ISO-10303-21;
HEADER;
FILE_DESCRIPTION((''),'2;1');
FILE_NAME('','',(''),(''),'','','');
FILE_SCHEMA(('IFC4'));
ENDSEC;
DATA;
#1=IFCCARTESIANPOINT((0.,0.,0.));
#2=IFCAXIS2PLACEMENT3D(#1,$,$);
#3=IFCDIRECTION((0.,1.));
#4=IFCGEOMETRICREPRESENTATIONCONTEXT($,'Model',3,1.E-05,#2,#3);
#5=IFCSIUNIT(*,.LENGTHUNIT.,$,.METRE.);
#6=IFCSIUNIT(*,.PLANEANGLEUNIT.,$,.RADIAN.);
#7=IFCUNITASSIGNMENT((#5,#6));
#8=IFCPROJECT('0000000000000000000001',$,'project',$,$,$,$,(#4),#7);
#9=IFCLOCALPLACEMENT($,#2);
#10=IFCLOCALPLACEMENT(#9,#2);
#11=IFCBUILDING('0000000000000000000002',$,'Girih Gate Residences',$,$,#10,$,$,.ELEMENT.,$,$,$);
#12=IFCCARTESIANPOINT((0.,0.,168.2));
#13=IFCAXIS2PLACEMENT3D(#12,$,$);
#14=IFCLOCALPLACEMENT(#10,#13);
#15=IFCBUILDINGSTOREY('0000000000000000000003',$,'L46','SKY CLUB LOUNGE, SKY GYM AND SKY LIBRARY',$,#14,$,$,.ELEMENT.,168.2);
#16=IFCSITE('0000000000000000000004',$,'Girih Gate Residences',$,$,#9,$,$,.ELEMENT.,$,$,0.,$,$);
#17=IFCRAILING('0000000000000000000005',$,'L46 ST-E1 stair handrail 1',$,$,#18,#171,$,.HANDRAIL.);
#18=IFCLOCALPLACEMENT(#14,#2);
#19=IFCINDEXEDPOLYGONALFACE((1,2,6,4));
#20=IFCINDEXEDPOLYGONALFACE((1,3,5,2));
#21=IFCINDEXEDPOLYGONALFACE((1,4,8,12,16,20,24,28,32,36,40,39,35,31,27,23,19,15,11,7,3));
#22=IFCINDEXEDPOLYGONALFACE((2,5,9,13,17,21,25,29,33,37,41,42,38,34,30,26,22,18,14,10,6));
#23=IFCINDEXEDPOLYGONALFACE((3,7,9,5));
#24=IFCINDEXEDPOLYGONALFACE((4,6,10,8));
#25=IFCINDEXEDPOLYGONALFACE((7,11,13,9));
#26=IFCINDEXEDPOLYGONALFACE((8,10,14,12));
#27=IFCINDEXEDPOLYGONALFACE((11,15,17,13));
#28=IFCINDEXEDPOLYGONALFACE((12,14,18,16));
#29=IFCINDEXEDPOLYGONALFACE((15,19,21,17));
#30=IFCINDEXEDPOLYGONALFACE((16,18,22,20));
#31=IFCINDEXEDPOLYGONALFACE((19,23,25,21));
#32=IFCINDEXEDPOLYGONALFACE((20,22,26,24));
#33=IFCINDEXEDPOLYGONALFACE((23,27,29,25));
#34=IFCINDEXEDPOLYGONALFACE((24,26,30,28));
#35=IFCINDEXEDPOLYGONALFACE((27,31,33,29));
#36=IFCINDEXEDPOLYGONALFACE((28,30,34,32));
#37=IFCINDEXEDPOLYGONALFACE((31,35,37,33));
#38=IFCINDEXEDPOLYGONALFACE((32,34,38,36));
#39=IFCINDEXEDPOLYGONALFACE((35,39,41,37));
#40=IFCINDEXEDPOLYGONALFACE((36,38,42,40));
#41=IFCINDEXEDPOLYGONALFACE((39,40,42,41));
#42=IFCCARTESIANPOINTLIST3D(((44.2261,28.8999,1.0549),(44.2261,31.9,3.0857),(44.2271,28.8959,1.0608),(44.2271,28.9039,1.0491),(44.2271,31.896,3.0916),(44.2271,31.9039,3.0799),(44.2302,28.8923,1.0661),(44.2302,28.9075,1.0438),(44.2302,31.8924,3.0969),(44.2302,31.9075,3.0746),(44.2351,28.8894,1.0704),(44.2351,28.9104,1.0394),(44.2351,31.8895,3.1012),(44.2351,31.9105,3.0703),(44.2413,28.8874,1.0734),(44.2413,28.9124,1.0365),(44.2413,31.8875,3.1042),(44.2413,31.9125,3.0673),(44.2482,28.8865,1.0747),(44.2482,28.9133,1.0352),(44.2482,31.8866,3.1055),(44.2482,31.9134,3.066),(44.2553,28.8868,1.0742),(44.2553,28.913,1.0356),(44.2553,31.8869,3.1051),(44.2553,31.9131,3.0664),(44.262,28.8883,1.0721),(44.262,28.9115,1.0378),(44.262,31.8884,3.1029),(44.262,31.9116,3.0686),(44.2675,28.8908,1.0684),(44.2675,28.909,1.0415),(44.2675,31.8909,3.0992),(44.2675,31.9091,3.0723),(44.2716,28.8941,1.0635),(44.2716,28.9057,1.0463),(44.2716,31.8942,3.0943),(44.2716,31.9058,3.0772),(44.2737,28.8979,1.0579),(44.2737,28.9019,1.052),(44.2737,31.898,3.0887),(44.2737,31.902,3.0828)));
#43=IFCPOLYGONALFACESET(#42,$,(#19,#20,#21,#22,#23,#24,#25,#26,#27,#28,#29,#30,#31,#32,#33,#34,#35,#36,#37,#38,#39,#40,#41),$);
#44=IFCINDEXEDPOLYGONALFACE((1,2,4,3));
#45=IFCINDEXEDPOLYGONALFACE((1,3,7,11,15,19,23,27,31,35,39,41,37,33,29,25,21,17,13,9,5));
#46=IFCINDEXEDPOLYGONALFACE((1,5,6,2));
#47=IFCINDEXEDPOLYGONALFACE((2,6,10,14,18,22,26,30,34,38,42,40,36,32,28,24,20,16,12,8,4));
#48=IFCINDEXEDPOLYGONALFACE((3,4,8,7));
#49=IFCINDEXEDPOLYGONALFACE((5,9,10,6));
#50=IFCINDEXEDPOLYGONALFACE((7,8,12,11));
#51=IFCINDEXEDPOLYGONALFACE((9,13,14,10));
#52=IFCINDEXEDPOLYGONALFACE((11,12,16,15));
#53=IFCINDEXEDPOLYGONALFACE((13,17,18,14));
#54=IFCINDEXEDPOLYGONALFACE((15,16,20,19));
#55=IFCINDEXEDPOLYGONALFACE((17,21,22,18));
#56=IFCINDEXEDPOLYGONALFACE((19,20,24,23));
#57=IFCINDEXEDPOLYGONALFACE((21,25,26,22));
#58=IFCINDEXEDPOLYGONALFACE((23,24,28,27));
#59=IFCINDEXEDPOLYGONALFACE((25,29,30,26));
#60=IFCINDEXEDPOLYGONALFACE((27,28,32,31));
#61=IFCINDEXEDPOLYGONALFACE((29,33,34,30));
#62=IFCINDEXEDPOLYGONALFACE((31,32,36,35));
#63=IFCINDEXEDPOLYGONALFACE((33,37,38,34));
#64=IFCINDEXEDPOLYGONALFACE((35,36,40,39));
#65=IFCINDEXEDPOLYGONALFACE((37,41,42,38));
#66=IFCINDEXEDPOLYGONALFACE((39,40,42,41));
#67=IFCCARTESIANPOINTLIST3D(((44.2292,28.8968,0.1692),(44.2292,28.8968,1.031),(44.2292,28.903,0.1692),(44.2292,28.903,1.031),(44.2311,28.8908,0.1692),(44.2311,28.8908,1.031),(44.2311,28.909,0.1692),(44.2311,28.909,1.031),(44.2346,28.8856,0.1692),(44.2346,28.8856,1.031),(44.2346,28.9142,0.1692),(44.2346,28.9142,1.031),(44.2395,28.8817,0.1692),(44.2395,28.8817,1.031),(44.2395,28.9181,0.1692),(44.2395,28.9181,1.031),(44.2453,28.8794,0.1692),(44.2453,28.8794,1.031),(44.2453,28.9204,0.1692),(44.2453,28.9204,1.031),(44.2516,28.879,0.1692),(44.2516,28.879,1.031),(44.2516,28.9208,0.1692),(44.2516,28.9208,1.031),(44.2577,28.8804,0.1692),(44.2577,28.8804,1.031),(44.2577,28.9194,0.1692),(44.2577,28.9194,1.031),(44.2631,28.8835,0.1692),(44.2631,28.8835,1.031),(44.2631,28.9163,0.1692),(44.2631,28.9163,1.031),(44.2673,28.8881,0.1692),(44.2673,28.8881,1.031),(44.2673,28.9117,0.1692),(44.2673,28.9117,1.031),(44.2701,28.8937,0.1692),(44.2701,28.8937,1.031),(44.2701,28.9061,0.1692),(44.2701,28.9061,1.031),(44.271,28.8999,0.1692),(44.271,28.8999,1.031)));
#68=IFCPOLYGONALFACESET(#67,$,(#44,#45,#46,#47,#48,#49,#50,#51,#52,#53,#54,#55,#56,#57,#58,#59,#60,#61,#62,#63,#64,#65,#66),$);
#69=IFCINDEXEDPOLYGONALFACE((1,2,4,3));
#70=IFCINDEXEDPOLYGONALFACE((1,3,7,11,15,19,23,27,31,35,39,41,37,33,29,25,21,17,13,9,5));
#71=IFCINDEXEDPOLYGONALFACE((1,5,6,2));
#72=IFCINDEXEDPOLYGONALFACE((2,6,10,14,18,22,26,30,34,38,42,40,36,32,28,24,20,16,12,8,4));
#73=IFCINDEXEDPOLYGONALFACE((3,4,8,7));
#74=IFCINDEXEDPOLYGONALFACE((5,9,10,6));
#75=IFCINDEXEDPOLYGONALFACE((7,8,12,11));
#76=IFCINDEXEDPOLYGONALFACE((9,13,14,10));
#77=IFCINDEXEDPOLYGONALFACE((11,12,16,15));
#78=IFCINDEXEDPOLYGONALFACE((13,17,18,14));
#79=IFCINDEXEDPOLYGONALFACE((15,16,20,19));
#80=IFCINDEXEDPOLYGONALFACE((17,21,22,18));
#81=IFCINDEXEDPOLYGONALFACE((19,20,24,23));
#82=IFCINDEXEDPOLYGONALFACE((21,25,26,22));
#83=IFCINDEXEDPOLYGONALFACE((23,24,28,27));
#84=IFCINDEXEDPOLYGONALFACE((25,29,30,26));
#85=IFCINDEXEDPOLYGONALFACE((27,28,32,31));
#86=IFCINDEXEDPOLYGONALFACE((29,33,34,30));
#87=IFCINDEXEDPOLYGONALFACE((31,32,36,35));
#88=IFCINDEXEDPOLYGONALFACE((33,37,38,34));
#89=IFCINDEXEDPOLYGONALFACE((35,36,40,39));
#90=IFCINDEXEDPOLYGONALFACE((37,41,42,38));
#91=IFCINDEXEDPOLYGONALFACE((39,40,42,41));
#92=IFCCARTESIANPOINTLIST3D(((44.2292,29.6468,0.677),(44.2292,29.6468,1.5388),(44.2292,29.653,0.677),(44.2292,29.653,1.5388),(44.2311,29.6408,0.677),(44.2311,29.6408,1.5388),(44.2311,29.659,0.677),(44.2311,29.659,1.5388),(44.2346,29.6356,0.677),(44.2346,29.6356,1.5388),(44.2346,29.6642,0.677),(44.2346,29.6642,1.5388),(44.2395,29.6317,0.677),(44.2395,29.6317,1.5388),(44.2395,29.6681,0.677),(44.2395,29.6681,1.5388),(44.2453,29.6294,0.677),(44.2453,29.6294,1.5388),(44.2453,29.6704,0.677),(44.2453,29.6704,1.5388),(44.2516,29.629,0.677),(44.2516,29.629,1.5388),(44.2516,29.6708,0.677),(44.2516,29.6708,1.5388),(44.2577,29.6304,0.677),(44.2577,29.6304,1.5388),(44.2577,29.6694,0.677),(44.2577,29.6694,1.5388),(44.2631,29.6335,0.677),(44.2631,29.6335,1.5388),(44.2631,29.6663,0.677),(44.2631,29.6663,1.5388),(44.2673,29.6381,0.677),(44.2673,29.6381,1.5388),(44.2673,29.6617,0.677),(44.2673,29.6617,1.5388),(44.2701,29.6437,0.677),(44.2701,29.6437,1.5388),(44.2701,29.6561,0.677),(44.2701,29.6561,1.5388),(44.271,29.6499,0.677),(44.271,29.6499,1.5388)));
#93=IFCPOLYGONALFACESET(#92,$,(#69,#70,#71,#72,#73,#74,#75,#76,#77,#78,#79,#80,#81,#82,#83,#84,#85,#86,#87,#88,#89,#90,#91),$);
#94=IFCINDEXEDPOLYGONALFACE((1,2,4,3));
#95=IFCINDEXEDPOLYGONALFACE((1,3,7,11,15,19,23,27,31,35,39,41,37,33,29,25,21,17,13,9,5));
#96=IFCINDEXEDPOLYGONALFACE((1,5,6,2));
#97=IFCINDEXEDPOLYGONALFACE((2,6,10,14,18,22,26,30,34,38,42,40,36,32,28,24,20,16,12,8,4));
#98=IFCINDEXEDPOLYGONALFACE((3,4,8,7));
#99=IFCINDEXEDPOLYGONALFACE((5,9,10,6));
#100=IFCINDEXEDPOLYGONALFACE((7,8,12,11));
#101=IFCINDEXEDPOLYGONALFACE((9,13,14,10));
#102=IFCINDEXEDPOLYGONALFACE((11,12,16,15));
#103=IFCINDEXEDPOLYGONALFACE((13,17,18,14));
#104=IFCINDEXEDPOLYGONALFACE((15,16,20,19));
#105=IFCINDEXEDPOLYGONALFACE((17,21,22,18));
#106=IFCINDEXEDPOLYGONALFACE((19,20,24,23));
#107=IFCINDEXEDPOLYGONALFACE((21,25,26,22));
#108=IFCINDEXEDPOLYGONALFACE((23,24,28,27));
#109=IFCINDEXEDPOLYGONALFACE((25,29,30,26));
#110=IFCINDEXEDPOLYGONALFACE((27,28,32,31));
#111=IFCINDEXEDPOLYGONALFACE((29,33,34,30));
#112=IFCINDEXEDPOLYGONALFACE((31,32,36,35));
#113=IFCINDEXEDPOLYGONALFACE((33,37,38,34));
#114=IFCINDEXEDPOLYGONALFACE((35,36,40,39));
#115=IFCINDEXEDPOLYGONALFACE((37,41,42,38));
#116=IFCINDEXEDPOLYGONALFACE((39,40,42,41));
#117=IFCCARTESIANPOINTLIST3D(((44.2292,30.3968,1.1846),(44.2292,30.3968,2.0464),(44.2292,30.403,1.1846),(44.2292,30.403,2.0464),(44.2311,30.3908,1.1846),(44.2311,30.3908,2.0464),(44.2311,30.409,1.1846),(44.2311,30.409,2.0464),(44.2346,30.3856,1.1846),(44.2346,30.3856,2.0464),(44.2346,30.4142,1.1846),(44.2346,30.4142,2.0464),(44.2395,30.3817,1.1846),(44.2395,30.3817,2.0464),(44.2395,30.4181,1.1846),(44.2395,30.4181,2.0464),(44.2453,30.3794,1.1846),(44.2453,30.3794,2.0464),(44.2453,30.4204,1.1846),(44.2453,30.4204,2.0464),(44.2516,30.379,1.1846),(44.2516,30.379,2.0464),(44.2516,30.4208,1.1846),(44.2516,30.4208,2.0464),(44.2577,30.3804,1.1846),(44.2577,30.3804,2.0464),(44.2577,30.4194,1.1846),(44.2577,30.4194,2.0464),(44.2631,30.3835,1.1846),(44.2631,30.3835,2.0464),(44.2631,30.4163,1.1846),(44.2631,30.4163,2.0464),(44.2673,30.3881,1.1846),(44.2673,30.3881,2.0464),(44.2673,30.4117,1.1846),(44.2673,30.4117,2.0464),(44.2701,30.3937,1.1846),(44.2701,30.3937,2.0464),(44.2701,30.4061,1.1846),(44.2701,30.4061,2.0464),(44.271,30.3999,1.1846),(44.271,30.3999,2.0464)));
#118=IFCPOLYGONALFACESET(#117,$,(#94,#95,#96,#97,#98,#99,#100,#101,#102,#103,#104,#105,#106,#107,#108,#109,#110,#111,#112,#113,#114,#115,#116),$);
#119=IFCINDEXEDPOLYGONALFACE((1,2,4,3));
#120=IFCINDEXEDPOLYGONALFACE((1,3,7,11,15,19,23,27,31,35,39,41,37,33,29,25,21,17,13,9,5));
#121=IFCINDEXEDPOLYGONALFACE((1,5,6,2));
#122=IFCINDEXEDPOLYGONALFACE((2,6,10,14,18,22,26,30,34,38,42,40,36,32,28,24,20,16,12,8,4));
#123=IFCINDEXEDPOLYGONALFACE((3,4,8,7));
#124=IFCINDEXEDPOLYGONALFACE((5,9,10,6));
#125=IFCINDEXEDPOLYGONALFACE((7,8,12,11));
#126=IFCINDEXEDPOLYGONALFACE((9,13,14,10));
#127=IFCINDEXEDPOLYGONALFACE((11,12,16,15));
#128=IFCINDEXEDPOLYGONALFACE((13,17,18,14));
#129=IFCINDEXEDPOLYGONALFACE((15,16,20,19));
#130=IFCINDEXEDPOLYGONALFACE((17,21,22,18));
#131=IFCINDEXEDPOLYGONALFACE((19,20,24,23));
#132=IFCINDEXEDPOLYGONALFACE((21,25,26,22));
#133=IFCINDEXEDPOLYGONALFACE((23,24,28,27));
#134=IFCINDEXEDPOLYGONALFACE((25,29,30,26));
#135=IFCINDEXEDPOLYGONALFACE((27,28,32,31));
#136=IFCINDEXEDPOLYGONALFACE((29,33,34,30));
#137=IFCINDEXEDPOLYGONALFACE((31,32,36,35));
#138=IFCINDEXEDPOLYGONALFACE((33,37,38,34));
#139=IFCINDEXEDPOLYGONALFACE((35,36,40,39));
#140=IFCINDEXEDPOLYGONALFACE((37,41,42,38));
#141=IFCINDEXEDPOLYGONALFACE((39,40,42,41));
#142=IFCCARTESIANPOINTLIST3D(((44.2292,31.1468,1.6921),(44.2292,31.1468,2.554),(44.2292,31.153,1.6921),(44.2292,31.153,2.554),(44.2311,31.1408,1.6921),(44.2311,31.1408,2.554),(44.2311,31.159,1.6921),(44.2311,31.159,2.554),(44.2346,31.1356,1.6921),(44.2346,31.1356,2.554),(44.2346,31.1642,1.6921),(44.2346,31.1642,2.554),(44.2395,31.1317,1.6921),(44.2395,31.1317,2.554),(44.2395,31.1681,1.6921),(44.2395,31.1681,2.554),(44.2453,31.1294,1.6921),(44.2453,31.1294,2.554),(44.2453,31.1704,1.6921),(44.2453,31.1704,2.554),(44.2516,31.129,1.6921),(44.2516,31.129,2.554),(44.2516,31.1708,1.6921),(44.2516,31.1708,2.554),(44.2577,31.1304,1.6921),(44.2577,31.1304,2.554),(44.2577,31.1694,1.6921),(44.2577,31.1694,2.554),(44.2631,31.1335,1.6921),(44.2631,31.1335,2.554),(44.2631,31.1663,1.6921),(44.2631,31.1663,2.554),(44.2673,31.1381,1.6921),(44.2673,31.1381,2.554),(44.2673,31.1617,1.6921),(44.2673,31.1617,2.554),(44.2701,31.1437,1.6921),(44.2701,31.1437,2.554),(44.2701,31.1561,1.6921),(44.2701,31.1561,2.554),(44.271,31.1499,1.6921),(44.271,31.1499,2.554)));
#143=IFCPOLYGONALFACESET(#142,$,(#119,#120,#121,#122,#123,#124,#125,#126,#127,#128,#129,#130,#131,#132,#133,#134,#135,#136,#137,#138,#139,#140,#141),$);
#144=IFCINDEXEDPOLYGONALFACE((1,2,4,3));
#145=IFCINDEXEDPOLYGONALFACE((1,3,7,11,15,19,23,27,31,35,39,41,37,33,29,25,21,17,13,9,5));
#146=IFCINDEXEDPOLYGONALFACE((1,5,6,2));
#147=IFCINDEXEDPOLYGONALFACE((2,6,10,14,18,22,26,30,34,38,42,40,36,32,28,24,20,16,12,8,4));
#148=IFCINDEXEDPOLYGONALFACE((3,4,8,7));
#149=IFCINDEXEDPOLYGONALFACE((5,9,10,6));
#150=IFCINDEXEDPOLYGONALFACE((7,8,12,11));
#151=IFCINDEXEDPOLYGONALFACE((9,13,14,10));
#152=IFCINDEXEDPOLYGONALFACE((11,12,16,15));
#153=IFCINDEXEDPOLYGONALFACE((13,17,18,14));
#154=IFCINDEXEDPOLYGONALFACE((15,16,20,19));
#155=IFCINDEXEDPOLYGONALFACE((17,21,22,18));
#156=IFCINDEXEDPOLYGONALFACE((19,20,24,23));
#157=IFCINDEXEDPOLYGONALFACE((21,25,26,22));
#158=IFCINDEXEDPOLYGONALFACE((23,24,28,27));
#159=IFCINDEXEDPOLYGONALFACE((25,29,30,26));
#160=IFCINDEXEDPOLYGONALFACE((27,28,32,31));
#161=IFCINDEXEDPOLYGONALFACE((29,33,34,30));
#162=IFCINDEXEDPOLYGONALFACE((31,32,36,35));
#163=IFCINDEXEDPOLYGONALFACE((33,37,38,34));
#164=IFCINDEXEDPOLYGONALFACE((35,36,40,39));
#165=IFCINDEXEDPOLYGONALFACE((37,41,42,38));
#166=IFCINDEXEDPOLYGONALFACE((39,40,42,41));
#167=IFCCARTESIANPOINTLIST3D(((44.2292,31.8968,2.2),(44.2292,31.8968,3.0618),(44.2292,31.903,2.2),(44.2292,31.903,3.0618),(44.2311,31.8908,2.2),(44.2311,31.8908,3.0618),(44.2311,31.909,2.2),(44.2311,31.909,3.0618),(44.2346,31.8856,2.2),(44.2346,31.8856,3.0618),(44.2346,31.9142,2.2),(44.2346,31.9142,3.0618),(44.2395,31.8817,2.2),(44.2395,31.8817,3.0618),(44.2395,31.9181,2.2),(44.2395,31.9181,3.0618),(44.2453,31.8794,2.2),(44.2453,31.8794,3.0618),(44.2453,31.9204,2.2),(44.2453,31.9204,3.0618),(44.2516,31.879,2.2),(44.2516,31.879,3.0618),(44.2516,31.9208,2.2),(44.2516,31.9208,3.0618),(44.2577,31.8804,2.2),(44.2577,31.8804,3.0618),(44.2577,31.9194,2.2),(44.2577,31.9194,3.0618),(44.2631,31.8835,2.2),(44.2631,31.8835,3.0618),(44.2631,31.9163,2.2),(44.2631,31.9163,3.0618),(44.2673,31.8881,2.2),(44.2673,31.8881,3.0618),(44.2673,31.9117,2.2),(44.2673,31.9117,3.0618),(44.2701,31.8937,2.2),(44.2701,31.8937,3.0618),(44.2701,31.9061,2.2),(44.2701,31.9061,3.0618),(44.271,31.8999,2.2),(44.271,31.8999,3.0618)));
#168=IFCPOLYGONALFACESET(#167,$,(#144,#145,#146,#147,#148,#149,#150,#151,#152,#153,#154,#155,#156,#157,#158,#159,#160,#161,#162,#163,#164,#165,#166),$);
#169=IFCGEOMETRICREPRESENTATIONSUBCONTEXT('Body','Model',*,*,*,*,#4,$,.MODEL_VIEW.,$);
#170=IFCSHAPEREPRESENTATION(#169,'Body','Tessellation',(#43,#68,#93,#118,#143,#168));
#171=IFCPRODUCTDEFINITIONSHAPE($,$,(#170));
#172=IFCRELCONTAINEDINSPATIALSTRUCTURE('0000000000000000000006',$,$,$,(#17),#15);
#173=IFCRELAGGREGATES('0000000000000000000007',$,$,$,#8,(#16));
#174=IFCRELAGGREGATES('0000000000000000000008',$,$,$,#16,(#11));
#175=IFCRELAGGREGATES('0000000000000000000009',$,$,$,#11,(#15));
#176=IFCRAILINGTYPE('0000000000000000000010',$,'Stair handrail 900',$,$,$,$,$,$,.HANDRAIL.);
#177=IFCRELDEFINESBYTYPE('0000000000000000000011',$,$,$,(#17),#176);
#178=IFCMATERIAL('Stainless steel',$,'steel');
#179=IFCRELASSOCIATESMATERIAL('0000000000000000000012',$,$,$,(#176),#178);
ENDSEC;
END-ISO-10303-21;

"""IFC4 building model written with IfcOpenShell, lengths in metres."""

from ifc_helpers import new_model, si_unit, direction, frame, origin, origin_2d, place, context, subcontext, project, spatial, circle, extrude, material, type_object, element, save


model = new_model("IFC4")

# Units and contexts
model_context = context("Model", 3, precision=1e-05, world=origin(), true_north=direction((0.0, 1.0)))
body_context = subcontext(model_context, "Body", "Model", "MODEL_VIEW")
ifc_project = project(units=[si_unit("LENGTHUNIT", "METRE"), si_unit("PLANEANGLEUNIT", "RADIAN")], contexts=[model_context])

# Site, building, storey
site_placement = place(None, origin())
site = spatial("IfcSite", under=ifc_project, at=site_placement, Name="Girih Gate Residences", CompositionType="ELEMENT", RefElevation=0.0)
building_placement = place(site_placement, origin())
building = spatial("IfcBuilding", under=site, at=building_placement, Name="Girih Gate Residences", CompositionType="ELEMENT")
storey_placement = place(building_placement, frame((0.0, 0.0, 168.2)))
storey = spatial("IfcBuildingStorey", under=building, at=storey_placement, Name="L46", Description="SKY CLUB LOUNGE, SKY GYM AND SKY LIBRARY", CompositionType="ELEMENT", Elevation=168.2)

# Railing
ifc_material_1 = material(Name="Stainless steel", Category="steel")
railing_type_1 = type_object("IfcRailingType", Name="Stair handrail 900", PredefinedType="HANDRAIL", material=ifc_material_1)
railing_1_placement = place(storey_placement, frame((44.25, 28.8999, 0.1692)))
element("IfcRailing", 1, at=railing_1_placement, inside=storey, type_object=railing_type_1, Name="L46 ST-E1 stair handrail 1", PredefinedType="HANDRAIL", context=body_context, shape_type="SweptSolid", body=[
    extrude(circle(Radius=0.0239, at=origin_2d()), frame((0.0, 0.0, 0.8857), z_axis=(0.0, 0.82811, 0.560565), x_axis=(-1.0, 0.0, 0.0)), (0.0, 0.0, 1.0), 3.6228),
    extrude(circle(Radius=0.021, at=origin_2d()), origin(), (0.0, 0.0, 1.0), 0.8618),
    extrude(circle(Radius=0.021, at=origin_2d()), frame((0.0, 0.75, 0.5078)), (0.0, 0.0, 1.0), 0.8618),
    extrude(circle(Radius=0.021, at=origin_2d()), frame((0.0, 1.5, 1.0154)), (0.0, 0.0, 1.0), 0.8618),
    extrude(circle(Radius=0.021, at=origin_2d()), frame((0.0, 2.25, 1.5229)), (0.0, 0.0, 1.0), 0.8618),
    extrude(circle(Radius=0.021, at=origin_2d()), frame((0.0, 3.0, 2.0308)), (0.0, 0.0, 1.0), 0.8618),
])

save(model, "model.ifc")
